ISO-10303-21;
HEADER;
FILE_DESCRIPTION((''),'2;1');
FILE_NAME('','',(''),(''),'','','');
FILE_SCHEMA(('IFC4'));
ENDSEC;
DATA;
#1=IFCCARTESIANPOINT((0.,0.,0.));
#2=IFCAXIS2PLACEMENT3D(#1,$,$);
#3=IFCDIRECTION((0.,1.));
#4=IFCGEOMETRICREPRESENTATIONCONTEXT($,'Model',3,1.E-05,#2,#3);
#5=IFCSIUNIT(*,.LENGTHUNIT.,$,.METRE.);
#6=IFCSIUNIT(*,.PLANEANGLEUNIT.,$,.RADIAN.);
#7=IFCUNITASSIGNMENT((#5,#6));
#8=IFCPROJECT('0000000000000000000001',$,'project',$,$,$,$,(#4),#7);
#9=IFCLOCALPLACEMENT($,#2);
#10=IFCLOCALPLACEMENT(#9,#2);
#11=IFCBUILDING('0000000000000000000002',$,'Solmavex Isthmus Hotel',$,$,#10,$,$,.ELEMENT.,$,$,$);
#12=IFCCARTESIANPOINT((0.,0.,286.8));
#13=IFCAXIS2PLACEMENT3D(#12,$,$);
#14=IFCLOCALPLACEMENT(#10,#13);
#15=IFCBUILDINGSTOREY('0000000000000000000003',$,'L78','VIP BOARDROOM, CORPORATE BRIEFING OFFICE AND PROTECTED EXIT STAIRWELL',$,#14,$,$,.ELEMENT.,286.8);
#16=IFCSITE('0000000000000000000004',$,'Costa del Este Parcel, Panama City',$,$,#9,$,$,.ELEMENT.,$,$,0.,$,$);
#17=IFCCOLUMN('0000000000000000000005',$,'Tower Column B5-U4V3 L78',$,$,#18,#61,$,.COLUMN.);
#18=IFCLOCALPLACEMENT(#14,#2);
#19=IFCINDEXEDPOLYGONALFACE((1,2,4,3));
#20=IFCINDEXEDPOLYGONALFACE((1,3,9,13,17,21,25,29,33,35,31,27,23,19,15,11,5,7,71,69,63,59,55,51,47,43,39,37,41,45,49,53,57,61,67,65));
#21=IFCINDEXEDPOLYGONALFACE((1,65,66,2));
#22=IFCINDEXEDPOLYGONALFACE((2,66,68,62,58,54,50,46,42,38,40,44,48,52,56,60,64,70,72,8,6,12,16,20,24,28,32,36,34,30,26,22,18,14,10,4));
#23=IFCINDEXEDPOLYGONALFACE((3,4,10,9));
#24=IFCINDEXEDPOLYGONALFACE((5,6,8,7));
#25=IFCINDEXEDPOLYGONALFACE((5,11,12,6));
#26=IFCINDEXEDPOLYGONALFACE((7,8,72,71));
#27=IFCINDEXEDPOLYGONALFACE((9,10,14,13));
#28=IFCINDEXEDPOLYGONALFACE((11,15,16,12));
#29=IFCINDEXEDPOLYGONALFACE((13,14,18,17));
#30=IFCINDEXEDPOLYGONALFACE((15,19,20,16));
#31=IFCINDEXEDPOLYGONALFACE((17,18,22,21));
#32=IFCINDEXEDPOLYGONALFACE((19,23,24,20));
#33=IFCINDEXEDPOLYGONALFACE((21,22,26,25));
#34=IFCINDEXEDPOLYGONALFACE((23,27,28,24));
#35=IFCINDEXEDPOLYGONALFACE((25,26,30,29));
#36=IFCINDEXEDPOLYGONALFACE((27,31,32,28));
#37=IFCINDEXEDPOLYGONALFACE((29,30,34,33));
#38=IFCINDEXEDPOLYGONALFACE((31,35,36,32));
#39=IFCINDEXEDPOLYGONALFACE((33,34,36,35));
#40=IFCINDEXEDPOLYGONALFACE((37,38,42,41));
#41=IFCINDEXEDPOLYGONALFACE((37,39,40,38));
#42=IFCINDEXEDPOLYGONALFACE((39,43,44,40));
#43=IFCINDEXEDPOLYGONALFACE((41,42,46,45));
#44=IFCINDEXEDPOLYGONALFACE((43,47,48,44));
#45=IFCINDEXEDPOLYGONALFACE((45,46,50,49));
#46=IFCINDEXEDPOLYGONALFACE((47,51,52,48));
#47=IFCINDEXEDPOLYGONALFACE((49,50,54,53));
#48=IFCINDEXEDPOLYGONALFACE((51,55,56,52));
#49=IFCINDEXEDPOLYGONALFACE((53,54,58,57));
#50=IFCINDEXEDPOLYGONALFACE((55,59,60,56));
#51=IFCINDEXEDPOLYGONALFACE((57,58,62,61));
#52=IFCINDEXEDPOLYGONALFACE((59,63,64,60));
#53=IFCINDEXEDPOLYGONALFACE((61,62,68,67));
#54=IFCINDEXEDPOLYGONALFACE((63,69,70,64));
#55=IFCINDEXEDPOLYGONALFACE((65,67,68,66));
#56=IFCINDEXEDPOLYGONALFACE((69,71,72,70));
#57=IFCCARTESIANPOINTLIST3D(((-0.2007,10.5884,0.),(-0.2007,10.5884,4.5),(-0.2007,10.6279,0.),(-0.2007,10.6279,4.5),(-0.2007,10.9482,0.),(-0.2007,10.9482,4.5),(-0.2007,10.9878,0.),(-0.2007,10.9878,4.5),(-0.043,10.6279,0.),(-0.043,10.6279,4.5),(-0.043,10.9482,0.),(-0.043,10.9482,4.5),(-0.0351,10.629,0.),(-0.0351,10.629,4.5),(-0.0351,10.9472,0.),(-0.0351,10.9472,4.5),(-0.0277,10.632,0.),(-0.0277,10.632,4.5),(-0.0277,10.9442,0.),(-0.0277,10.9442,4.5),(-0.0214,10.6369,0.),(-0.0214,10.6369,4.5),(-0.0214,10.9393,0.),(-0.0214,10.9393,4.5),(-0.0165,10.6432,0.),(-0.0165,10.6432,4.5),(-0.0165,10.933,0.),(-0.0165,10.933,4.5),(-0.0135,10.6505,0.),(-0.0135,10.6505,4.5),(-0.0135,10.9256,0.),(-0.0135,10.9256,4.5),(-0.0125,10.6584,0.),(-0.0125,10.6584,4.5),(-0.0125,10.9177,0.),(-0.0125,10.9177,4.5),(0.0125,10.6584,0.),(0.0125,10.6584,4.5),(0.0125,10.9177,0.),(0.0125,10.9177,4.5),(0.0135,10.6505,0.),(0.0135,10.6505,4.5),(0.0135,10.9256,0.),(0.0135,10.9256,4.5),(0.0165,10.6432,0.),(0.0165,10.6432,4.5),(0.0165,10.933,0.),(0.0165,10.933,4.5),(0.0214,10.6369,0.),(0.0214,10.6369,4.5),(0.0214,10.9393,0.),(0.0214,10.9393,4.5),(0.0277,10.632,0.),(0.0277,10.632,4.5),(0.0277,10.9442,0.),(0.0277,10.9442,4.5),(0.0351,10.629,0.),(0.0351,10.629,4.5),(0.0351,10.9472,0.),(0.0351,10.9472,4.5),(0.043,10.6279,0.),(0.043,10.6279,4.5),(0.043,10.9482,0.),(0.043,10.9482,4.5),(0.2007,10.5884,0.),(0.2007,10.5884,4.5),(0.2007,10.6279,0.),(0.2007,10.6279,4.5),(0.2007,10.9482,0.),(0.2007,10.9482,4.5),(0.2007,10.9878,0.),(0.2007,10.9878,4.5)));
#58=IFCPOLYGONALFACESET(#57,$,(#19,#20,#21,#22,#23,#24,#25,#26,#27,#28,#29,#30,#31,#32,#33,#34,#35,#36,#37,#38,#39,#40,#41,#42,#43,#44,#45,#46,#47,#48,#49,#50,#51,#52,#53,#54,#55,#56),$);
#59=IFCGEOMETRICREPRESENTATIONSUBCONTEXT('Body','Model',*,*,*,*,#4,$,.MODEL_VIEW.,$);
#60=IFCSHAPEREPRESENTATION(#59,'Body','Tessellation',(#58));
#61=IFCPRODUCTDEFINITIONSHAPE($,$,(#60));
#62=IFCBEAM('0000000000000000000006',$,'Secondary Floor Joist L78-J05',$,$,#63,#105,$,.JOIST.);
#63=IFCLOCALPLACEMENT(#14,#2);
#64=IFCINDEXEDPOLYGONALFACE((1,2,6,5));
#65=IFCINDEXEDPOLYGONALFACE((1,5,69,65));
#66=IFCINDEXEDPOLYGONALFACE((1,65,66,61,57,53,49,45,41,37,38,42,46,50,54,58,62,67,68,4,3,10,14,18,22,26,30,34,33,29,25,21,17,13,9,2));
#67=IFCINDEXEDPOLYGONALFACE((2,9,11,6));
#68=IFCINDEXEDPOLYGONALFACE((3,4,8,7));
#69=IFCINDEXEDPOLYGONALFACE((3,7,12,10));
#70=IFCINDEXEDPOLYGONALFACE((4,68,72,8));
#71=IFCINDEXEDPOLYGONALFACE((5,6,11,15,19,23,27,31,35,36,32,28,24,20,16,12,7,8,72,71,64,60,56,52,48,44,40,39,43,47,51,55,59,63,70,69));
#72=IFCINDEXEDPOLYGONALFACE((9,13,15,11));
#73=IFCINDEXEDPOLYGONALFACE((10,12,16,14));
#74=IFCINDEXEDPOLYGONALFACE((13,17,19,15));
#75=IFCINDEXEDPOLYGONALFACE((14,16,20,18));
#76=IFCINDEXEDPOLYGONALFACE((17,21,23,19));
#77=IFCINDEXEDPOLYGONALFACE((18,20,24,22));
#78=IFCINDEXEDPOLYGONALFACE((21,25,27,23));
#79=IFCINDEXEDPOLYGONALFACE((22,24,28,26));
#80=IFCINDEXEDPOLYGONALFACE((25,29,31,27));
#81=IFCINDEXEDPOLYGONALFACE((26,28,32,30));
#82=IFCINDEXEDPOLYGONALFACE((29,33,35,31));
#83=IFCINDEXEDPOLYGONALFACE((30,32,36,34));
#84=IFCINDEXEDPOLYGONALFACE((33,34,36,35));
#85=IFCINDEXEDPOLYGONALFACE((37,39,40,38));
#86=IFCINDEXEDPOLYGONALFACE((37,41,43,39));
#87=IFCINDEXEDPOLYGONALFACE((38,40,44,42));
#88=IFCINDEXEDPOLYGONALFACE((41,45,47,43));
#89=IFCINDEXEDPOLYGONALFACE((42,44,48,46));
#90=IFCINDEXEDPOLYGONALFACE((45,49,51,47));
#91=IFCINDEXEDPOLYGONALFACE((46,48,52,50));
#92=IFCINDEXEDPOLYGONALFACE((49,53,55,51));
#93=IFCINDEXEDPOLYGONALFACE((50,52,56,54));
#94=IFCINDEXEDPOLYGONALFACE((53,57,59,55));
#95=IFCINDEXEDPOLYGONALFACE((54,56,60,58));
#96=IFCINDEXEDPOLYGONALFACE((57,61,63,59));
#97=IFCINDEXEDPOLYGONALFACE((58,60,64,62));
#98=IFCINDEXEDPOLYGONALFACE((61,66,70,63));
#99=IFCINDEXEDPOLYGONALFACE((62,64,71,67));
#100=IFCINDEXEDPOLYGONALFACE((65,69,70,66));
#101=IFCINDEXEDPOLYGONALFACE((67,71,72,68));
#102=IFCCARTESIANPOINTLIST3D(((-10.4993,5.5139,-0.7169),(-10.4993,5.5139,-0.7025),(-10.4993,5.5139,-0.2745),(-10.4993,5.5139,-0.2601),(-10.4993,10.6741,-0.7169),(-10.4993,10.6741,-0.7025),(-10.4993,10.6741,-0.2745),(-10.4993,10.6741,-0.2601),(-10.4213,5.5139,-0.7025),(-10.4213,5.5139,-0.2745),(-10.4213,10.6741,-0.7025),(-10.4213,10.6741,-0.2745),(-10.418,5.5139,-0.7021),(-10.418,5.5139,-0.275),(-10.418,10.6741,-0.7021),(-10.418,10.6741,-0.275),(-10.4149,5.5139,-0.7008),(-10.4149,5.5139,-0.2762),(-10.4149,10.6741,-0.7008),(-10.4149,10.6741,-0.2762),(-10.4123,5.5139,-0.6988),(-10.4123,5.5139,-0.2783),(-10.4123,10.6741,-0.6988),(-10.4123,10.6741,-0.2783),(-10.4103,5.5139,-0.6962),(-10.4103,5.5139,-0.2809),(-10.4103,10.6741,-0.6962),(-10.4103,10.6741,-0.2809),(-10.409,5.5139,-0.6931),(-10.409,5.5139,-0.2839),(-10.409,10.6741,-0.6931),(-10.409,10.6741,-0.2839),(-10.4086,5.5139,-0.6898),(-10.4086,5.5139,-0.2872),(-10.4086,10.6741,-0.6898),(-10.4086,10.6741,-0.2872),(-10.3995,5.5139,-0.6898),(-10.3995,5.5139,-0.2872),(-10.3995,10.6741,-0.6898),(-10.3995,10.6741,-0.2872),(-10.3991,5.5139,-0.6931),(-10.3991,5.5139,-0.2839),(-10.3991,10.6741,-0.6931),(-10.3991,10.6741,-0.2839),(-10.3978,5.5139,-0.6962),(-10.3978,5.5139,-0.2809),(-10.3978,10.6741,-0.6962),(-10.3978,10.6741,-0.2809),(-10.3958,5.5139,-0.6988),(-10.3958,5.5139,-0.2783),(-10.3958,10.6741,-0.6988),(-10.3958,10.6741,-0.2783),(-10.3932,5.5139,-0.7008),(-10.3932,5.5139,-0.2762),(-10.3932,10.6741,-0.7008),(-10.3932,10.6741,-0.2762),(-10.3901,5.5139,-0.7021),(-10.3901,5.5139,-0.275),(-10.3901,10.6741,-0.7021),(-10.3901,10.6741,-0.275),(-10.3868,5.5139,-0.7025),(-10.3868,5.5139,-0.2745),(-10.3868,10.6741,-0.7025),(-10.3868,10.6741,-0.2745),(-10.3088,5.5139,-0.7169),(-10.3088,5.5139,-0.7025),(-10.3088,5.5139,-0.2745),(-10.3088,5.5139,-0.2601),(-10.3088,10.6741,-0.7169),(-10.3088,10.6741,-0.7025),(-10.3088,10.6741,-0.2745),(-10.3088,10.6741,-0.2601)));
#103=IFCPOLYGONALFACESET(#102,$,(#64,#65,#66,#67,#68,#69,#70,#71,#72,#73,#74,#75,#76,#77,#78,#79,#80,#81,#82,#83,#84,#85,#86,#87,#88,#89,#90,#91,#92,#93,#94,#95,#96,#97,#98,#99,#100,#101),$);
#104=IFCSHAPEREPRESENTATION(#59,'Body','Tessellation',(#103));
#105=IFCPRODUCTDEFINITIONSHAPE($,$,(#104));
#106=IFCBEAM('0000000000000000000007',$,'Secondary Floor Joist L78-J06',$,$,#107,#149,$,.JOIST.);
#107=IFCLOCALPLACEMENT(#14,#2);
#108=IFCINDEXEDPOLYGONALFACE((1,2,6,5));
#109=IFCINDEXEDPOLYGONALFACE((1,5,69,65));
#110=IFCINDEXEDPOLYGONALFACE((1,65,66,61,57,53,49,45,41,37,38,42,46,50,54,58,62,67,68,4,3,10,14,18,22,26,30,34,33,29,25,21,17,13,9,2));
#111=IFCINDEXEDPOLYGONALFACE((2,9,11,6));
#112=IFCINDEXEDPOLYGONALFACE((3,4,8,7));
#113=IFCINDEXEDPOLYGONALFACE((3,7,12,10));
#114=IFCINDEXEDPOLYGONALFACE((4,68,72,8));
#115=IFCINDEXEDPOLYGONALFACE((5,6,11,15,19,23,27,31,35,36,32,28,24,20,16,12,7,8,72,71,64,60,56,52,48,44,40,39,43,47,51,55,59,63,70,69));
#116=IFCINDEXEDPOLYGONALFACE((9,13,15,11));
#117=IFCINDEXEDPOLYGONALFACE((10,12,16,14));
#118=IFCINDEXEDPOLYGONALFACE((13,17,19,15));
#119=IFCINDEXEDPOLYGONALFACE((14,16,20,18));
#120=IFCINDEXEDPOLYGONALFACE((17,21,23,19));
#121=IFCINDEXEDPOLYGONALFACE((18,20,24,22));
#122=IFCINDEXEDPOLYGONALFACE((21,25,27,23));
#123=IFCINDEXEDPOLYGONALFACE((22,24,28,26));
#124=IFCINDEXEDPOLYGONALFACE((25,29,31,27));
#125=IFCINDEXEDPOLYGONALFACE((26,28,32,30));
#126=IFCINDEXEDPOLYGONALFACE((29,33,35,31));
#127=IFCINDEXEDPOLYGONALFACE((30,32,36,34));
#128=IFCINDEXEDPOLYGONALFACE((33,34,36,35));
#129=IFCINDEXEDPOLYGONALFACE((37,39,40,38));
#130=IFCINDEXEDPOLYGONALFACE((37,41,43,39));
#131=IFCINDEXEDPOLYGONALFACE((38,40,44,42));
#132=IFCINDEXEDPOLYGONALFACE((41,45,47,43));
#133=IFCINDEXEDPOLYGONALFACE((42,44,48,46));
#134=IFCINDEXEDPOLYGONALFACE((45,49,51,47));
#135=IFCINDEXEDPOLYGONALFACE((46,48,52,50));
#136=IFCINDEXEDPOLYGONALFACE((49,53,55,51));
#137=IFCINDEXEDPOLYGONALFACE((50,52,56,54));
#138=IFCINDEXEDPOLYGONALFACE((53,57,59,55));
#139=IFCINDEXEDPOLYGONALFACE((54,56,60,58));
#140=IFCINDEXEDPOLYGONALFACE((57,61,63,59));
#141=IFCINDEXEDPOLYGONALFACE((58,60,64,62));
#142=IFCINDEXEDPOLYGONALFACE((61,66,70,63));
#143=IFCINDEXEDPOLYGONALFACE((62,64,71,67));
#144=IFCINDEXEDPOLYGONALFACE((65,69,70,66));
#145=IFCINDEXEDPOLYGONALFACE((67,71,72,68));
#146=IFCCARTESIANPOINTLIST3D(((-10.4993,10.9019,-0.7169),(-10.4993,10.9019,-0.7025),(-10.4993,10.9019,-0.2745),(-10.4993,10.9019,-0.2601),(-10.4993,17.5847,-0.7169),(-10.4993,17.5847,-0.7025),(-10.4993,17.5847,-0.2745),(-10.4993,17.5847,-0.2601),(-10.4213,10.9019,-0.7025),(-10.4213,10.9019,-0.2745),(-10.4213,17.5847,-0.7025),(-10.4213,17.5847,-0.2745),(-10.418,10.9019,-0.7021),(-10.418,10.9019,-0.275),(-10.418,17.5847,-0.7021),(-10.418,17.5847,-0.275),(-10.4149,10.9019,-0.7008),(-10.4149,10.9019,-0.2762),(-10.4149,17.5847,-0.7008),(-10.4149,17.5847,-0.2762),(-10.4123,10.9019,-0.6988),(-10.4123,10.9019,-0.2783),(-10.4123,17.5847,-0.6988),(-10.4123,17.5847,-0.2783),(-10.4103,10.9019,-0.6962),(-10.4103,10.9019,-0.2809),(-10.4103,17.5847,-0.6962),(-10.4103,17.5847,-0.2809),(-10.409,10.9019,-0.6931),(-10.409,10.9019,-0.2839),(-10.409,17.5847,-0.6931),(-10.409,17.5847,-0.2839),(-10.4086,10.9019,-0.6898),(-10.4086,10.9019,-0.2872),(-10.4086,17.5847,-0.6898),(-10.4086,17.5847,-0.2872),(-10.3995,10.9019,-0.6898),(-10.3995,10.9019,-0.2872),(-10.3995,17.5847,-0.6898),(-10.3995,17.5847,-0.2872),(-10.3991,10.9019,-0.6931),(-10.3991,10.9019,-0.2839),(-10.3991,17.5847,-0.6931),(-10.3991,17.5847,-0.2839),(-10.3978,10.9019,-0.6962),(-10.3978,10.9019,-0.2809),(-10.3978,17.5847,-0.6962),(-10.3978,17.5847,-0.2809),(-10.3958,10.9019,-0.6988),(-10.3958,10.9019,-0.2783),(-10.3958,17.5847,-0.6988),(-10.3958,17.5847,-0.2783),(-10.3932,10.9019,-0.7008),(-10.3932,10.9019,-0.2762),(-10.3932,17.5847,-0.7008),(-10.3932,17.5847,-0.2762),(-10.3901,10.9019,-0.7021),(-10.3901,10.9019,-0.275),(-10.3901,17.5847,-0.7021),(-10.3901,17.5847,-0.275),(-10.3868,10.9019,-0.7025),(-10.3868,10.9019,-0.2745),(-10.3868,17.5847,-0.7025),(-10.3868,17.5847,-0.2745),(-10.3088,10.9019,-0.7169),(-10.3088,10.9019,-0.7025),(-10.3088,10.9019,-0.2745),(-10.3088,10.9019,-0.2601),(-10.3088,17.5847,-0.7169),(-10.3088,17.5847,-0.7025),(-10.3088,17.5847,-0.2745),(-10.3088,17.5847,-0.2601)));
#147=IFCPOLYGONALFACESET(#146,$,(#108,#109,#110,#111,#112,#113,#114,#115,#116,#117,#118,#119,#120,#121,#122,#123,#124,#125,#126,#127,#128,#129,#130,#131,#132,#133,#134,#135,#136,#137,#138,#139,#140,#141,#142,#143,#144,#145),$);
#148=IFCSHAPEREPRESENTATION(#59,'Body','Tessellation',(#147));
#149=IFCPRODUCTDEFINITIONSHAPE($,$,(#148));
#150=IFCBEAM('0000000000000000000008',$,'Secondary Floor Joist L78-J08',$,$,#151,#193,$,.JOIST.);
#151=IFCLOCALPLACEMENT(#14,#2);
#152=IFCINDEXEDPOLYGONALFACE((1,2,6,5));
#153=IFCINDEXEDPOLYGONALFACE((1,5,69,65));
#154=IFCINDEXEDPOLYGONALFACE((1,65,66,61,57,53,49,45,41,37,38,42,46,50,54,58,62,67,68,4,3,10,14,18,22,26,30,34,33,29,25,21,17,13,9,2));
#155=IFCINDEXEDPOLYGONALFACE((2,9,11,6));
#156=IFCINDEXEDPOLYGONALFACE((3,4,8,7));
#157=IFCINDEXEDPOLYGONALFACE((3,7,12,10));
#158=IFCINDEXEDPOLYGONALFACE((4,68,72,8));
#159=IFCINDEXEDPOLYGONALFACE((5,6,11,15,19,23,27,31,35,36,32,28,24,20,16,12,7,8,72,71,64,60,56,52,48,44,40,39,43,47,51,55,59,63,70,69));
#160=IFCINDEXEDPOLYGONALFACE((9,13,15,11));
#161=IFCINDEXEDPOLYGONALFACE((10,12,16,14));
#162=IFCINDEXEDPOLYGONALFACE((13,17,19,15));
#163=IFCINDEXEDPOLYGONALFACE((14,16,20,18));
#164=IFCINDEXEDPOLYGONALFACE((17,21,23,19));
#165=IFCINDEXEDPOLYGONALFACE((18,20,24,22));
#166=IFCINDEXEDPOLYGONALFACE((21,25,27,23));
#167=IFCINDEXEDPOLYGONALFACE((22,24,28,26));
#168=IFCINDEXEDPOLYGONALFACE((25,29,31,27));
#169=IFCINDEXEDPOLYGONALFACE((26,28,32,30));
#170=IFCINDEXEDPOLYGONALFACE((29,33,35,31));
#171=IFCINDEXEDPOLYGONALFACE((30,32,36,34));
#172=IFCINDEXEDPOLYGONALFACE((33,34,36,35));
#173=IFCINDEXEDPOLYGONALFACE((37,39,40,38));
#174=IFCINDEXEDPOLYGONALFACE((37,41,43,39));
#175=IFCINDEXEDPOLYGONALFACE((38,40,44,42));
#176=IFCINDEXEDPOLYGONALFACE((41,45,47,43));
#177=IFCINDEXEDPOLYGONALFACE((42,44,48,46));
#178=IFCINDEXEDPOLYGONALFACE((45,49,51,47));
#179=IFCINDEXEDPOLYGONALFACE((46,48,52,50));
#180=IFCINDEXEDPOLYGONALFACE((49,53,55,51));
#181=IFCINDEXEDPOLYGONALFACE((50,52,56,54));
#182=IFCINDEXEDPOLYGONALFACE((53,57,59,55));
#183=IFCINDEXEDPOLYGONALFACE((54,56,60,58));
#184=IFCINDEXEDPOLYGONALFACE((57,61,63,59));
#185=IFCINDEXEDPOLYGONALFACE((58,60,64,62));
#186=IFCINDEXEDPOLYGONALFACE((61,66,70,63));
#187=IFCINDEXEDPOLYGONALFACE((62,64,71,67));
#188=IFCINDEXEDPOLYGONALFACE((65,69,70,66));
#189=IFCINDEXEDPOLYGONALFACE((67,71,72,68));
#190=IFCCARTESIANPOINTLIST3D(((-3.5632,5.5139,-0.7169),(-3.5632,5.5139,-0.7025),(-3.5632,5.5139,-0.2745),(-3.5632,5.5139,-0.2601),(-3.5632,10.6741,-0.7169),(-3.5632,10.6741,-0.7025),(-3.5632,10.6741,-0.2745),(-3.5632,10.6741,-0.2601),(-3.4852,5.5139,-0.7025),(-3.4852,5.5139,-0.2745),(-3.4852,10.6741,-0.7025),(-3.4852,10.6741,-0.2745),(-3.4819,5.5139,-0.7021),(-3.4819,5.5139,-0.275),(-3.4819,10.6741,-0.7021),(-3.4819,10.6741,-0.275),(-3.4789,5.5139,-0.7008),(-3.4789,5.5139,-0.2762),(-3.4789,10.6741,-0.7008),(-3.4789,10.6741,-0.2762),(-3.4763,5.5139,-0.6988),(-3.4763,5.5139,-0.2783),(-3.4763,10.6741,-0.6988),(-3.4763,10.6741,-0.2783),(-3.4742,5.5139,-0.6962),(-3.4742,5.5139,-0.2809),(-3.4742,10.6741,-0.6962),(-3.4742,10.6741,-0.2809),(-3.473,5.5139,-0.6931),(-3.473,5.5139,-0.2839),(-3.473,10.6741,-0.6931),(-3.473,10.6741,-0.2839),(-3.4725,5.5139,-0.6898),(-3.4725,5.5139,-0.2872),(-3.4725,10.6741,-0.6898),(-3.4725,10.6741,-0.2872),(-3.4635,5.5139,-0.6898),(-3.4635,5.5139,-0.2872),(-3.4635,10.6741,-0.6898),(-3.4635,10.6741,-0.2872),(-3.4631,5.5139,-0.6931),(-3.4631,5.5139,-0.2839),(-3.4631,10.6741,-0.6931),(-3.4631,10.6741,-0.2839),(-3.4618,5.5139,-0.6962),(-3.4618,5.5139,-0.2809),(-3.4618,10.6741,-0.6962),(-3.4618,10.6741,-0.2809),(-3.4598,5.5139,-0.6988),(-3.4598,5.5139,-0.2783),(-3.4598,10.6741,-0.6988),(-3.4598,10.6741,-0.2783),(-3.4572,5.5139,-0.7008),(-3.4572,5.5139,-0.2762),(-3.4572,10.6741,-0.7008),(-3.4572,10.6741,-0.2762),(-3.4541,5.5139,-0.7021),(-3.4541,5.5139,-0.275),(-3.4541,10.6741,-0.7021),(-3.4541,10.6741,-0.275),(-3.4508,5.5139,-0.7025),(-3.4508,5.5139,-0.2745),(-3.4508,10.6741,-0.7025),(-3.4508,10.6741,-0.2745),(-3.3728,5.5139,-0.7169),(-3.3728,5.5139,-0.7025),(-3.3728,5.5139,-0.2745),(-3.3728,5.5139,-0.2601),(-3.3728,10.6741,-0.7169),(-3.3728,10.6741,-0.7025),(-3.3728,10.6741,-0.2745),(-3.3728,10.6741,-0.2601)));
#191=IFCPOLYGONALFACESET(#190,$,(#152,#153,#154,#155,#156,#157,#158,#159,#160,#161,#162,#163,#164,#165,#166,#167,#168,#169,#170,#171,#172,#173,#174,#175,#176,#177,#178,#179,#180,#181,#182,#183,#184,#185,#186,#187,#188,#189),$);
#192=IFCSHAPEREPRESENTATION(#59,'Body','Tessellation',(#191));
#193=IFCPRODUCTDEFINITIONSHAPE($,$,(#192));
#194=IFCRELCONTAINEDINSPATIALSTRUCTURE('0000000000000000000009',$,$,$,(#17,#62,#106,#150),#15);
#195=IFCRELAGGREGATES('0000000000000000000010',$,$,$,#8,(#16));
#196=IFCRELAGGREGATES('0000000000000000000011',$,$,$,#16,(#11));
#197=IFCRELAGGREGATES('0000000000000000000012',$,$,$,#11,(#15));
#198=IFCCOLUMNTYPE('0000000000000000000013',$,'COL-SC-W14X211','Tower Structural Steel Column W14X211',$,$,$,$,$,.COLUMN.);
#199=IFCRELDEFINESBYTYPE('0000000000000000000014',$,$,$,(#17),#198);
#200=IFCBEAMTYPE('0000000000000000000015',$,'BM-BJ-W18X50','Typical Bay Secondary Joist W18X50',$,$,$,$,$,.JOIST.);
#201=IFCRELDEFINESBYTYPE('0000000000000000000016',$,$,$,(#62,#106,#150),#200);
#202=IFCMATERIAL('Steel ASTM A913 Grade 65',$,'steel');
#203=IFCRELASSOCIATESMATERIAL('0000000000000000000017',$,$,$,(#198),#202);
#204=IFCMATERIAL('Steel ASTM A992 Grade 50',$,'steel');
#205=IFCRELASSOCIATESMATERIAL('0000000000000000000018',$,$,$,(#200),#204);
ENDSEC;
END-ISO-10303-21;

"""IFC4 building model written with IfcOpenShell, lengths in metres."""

from ifc_helpers import new_model, si_unit, direction, frame, origin, origin_2d, place, context, subcontext, project, spatial, i_section, extrude, material, material_profile, profile_set, type_object, element, save


model = new_model("IFC4")

# Units and contexts
model_context = context("Model", 3, precision=1e-05, world=origin(), true_north=direction((0.0, 1.0)))
body_context = subcontext(model_context, "Body", "Model", "MODEL_VIEW")
ifc_project = project(units=[si_unit("LENGTHUNIT", "METRE"), si_unit("PLANEANGLEUNIT", "RADIAN")], contexts=[model_context])

# Site, building, storey
site_placement = place(None, origin())
site = spatial("IfcSite", under=ifc_project, at=site_placement, Name="Costa del Este Parcel, Panama City", CompositionType="ELEMENT", RefElevation=0.0)
building_placement = place(site_placement, origin())
building = spatial("IfcBuilding", under=site, at=building_placement, Name="Solmavex Isthmus Hotel", CompositionType="ELEMENT")
storey_placement = place(building_placement, frame((0.0, 0.0, 286.8)))
storey = spatial("IfcBuildingStorey", under=building, at=storey_placement, Name="L78", Description="VIP BOARDROOM, CORPORATE BRIEFING OFFICE AND PROTECTED EXIT STAIRWELL", CompositionType="ELEMENT", Elevation=286.8)

# Column
ifc_material_1 = material(Name="Steel ASTM A913 Grade 65", Category="steel")
ifc_material_profile_1 = material_profile(ifc_material_1, i_section(OverallWidth=0.4014, OverallDepth=0.3994, WebThickness=0.0249, FlangeThickness=0.0396, FilletRadius=0.0305, at=origin_2d()), Name="W14X211")
ifc_profile_set_1 = profile_set([ifc_material_profile_1], Name="Steel ASTM A913 Grade 65")
column_type = type_object("IfcColumnType", Name="COL-SC-W14X211", Description="Tower Structural Steel Column W14X211", PredefinedType="COLUMN", material=ifc_profile_set_1)
for number, where, z_axis, x_axis, name in (
    (1, (0.0, 10.7881, 0.0), (0.0, 0.0, 1.0), (1.0, 0.0, 0.0), "Tower Column B5-U4V3 L78"),
):
    element("IfcColumn", number, at=place(storey_placement, frame(where, z_axis=z_axis, x_axis=x_axis)), inside=storey, type_object=column_type, Name=name, PredefinedType="COLUMN", context=body_context, shape_type="SweptSolid", body=[
        extrude(i_section(OverallWidth=0.4014, OverallDepth=0.3994, WebThickness=0.0249, FlangeThickness=0.0396, FilletRadius=0.0305, at=origin_2d()), origin(), (0.0, 0.0, 1.0), 4.5),
    ])

# Beams
ifc_material_2 = material(Name="Steel ASTM A992 Grade 50", Category="steel")
ifc_material_profile_2 = material_profile(ifc_material_2, i_section(OverallWidth=0.1904, OverallDepth=0.4568, WebThickness=0.009, FlangeThickness=0.0144, FilletRadius=0.0127, at=origin_2d()), Name="W18X50")
ifc_profile_set_2 = profile_set([ifc_material_profile_2], Name="Steel ASTM A992 Grade 50")
beam_type_1 = type_object("IfcBeamType", Name="BM-BJ-W18X50", Description="Typical Bay Secondary Joist W18X50", PredefinedType="JOIST", material=ifc_profile_set_2)
beam_1_placement = place(storey_placement, frame((-10.4041, 5.5139, -0.4885), z_axis=(0.0, 1.0, 0.0), x_axis=(-1.0, 0.0, 0.0)))
element("IfcBeam", 2, at=beam_1_placement, inside=storey, type_object=beam_type_1, Name="Secondary Floor Joist L78-J05", PredefinedType="JOIST", context=body_context, shape_type="SweptSolid", body=[
    extrude(i_section(OverallWidth=0.1904, OverallDepth=0.4568, WebThickness=0.009, FlangeThickness=0.0144, FilletRadius=0.0127, at=origin_2d()), origin(), (0.0, 0.0, 1.0), 5.1602),
])
beam_2_placement = place(storey_placement, frame((-10.4041, 10.9019, -0.4885), z_axis=(0.0, 1.0, 0.0), x_axis=(-1.0, 0.0, 0.0)))
element("IfcBeam", 3, at=beam_2_placement, inside=storey, type_object=beam_type_1, Name="Secondary Floor Joist L78-J06", PredefinedType="JOIST", context=body_context, shape_type="SweptSolid", body=[
    extrude(i_section(OverallWidth=0.1904, OverallDepth=0.4568, WebThickness=0.009, FlangeThickness=0.0144, FilletRadius=0.0127, at=origin_2d()), origin(), (0.0, 0.0, 1.0), 6.6829),
])
beam_3_placement = place(storey_placement, frame((-3.468, 5.5139, -0.4885), z_axis=(0.0, 1.0, 0.0), x_axis=(-1.0, 0.0, 0.0)))
element("IfcBeam", 4, at=beam_3_placement, inside=storey, type_object=beam_type_1, Name="Secondary Floor Joist L78-J08", PredefinedType="JOIST", context=body_context, shape_type="SweptSolid", body=[
    extrude(i_section(OverallWidth=0.1904, OverallDepth=0.4568, WebThickness=0.009, FlangeThickness=0.0144, FilletRadius=0.0127, at=origin_2d()), origin(), (0.0, 0.0, 1.0), 5.1602),
])

save(model, "model.ifc")
